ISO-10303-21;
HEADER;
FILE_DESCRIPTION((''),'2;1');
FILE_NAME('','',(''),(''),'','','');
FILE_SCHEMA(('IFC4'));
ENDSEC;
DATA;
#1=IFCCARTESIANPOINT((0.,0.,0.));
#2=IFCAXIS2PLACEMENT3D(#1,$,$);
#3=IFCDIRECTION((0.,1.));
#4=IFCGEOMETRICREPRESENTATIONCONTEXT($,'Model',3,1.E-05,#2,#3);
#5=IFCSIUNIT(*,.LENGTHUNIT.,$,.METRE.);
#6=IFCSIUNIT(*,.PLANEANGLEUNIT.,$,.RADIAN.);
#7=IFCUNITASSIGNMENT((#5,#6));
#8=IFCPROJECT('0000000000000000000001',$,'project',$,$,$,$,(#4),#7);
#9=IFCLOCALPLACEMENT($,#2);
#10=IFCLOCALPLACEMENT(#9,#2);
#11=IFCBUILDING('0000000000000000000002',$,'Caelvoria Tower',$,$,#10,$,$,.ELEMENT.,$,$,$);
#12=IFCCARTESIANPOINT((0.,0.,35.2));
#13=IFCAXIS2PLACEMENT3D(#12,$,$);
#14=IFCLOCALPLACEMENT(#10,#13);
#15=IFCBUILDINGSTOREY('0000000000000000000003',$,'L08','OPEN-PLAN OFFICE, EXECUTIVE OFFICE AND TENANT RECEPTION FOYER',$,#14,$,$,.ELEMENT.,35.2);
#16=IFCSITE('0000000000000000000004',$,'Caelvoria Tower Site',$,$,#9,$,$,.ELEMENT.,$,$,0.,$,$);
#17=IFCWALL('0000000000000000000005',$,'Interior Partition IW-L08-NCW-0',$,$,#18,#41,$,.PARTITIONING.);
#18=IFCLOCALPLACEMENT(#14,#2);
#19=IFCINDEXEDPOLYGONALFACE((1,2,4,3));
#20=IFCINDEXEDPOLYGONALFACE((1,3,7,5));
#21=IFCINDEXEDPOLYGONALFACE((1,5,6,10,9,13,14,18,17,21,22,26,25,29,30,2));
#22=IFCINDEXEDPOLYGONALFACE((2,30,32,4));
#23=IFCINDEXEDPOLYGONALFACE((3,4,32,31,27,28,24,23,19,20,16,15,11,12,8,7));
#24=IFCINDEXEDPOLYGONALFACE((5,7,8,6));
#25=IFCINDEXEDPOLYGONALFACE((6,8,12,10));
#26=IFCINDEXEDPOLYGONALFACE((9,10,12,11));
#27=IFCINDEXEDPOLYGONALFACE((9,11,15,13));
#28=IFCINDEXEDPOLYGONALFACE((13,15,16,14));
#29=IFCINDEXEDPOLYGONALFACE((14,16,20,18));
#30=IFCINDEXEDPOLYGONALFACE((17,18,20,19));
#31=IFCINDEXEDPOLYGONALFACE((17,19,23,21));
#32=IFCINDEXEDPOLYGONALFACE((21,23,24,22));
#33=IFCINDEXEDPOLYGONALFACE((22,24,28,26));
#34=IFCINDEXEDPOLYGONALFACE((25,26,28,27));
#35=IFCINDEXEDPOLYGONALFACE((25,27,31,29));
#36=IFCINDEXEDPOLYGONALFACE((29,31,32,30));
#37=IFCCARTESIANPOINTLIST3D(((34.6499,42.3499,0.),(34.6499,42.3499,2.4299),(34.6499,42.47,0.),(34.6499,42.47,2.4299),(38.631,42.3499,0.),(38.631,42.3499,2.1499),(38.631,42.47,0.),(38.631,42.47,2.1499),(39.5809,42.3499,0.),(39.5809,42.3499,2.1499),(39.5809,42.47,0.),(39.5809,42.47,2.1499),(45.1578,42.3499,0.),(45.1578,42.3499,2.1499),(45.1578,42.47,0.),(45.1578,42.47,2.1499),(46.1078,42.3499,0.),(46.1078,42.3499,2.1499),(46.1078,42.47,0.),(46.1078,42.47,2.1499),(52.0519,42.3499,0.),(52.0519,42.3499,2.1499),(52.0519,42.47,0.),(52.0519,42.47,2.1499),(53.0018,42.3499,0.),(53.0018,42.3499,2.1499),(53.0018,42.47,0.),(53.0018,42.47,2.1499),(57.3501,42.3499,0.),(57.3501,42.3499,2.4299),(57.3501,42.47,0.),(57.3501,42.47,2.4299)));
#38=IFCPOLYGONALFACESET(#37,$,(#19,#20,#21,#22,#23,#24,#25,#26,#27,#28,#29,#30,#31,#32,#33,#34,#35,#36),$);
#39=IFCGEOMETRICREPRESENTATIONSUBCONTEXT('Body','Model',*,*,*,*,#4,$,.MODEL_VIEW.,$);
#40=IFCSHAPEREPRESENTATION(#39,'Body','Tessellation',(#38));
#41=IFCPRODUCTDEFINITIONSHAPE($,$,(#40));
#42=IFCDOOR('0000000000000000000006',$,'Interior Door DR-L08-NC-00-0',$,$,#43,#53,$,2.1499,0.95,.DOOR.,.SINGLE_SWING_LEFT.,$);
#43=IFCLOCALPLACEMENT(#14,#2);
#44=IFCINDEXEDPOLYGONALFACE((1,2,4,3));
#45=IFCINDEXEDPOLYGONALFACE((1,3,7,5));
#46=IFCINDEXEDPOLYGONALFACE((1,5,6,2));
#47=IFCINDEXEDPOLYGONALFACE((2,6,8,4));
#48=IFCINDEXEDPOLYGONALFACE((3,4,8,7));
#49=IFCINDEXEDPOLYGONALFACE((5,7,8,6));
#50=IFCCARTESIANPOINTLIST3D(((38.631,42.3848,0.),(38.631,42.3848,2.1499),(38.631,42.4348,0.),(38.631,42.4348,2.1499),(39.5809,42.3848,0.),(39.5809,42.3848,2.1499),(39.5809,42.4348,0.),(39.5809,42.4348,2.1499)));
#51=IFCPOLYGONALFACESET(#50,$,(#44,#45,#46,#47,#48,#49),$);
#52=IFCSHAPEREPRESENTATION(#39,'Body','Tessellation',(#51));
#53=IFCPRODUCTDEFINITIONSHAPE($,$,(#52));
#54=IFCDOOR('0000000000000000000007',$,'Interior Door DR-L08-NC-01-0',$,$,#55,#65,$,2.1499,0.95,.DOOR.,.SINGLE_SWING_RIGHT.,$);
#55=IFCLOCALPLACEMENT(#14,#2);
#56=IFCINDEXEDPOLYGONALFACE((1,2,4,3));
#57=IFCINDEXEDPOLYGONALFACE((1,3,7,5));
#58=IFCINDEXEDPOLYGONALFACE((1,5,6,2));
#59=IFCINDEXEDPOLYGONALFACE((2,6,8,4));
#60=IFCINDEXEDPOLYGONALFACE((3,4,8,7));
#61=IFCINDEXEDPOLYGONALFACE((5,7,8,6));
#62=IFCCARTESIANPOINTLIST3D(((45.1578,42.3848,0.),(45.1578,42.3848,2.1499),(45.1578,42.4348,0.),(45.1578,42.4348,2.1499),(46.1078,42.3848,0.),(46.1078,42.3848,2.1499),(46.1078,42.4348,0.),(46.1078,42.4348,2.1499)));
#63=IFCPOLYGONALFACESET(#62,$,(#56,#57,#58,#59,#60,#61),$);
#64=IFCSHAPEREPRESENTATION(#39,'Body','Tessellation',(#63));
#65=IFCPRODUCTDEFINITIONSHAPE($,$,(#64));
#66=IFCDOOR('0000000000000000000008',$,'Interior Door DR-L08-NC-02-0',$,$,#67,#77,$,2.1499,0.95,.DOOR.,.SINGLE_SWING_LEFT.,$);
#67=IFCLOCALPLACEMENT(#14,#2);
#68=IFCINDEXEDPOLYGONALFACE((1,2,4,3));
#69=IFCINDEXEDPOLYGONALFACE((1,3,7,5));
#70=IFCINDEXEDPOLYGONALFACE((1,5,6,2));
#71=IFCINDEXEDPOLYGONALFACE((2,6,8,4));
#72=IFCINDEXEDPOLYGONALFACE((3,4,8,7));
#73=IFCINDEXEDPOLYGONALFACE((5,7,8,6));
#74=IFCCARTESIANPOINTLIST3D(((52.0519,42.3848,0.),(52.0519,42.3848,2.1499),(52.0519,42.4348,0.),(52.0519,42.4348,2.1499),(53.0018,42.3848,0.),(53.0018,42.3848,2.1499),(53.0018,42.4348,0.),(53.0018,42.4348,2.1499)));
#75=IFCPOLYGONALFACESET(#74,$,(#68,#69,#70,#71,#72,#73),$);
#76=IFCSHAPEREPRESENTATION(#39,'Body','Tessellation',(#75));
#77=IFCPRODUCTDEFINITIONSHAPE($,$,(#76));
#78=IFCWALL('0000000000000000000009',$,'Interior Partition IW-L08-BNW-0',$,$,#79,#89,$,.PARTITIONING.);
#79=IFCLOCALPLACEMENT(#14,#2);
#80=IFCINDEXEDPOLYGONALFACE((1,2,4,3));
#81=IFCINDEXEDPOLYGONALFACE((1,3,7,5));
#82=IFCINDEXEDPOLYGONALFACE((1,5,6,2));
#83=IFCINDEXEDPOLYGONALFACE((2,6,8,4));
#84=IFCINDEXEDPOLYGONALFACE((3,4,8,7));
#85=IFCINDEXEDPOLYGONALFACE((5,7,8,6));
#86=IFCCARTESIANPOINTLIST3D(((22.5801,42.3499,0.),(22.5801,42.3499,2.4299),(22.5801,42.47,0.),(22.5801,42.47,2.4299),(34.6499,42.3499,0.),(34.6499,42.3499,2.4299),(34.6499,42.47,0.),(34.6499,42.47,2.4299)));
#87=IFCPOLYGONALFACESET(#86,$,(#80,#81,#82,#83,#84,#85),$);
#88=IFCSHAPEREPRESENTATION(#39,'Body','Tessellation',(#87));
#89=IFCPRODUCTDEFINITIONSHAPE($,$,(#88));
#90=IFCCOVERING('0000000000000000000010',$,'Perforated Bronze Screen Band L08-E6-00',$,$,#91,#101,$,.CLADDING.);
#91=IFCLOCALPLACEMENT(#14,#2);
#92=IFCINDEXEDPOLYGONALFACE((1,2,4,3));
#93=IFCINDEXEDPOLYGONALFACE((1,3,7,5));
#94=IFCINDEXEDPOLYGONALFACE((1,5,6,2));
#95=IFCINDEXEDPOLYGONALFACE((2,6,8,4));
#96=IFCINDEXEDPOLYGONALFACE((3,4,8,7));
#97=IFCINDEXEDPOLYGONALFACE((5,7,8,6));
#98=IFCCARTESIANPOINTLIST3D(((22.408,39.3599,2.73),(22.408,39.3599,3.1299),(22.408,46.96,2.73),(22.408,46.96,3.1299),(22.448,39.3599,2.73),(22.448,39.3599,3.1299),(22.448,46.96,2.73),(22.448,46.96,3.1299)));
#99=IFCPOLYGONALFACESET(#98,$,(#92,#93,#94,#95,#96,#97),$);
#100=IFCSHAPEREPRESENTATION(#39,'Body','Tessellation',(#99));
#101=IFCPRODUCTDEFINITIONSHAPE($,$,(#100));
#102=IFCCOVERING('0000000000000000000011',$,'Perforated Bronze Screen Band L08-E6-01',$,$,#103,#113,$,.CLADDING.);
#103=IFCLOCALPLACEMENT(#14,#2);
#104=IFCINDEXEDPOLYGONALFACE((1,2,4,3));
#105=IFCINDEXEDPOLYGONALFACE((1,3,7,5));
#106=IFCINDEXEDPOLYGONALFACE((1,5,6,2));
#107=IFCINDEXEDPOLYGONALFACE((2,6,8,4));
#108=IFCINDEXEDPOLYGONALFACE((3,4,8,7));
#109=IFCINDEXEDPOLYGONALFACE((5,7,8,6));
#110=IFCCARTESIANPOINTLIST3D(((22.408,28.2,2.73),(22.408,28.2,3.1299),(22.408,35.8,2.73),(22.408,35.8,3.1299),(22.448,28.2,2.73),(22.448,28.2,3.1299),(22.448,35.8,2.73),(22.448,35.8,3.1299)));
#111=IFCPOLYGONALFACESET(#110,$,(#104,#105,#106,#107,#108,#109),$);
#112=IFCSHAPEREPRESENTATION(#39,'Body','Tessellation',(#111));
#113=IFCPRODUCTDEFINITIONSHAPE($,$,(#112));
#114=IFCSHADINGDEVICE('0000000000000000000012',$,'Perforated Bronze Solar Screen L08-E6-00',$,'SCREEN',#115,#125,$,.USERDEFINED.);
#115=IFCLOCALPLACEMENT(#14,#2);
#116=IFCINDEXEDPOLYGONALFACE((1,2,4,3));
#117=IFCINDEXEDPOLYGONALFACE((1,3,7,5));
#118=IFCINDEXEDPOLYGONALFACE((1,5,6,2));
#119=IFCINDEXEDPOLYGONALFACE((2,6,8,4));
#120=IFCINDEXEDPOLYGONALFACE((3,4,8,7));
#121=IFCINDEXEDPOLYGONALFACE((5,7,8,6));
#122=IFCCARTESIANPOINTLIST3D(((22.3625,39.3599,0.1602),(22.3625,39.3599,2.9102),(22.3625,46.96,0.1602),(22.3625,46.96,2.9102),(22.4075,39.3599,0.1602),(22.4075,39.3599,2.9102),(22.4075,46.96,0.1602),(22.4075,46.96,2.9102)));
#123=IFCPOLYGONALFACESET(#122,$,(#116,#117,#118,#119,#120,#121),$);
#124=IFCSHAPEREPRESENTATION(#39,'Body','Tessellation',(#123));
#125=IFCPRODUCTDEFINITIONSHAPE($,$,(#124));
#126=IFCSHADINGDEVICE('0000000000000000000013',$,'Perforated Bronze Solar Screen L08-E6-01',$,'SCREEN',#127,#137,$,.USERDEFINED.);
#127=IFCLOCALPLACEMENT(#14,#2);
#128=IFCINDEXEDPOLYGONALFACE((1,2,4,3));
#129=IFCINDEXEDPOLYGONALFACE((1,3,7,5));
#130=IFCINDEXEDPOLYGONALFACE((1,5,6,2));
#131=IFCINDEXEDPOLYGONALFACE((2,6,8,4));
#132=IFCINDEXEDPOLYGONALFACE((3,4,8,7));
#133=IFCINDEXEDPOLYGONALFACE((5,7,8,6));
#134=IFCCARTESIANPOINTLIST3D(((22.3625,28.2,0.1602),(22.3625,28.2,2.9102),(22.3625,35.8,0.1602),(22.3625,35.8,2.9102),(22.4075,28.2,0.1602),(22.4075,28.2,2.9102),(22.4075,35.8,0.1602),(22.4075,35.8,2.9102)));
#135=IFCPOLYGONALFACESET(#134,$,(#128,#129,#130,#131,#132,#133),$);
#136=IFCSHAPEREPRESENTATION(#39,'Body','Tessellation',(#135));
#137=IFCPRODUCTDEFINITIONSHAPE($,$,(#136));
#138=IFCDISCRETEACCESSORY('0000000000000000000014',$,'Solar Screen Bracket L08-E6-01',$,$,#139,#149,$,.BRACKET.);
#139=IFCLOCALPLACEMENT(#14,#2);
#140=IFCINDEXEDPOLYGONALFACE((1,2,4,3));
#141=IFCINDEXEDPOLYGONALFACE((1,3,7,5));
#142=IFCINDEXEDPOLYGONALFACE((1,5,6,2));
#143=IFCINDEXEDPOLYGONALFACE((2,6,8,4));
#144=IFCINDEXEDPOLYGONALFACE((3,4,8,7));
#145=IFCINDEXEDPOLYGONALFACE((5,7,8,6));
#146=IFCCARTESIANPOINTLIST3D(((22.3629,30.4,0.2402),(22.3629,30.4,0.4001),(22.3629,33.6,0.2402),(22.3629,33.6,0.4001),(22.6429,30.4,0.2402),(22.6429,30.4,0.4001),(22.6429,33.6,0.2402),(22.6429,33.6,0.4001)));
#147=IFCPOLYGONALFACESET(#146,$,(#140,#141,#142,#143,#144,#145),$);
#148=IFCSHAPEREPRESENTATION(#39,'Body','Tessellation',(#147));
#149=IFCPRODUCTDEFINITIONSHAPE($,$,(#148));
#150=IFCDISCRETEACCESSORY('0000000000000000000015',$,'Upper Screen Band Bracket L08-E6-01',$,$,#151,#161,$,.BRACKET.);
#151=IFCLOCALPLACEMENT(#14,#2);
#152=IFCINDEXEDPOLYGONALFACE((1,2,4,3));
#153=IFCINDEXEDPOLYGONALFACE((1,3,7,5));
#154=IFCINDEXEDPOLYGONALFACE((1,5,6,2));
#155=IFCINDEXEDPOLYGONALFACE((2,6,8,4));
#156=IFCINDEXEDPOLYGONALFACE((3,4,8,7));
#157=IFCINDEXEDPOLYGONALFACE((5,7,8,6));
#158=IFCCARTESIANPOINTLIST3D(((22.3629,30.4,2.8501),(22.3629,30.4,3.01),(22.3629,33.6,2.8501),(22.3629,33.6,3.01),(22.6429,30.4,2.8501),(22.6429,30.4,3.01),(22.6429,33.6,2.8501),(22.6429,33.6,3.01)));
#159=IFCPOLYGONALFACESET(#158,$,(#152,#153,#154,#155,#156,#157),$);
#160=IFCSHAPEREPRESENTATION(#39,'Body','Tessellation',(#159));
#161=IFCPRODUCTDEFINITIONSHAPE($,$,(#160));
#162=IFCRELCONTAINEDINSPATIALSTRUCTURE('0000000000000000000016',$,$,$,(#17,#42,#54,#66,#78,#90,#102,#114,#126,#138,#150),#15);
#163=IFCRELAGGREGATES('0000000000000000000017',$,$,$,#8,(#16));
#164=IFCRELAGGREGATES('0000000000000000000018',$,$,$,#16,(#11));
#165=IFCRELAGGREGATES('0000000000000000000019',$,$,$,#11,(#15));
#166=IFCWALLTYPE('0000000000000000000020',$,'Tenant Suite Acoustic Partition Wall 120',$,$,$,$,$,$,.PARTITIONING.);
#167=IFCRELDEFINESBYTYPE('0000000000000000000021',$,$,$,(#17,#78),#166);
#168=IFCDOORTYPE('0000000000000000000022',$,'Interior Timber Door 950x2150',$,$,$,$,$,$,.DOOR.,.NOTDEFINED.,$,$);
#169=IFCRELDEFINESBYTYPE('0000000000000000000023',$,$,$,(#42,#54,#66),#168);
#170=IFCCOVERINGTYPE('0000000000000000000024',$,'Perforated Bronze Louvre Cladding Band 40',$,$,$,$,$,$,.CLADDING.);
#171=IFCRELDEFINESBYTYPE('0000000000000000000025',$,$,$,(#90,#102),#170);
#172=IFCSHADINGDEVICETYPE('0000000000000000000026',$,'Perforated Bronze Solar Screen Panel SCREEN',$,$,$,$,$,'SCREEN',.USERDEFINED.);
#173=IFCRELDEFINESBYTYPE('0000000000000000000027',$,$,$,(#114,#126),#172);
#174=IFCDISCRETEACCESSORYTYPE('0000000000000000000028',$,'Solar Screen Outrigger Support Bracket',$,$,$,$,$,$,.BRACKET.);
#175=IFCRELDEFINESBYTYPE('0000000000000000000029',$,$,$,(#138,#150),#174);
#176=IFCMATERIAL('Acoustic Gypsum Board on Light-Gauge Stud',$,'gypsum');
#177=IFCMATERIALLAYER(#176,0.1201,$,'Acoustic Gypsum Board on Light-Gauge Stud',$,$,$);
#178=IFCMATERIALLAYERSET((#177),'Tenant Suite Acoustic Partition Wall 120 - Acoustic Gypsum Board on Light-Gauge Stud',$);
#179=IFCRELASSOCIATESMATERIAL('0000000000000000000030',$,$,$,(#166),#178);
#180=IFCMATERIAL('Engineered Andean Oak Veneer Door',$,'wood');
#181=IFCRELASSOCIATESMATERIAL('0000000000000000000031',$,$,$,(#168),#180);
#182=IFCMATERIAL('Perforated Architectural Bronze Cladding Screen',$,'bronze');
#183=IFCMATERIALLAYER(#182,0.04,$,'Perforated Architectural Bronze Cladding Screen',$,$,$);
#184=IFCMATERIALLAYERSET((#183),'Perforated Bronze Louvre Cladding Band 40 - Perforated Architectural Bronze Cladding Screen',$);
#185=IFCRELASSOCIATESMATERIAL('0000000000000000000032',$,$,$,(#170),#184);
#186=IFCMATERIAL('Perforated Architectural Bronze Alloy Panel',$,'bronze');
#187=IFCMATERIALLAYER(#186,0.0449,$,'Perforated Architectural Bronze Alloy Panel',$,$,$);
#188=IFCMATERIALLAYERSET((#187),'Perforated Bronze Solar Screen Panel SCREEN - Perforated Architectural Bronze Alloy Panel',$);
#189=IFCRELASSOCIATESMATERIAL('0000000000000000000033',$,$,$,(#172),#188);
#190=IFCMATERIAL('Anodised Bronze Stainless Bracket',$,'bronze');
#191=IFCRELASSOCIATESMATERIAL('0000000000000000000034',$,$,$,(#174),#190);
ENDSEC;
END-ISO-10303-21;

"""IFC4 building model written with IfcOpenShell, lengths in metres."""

from ifc_helpers import new_model, si_unit, direction, frame, frame_2d, origin, origin_2d, place, context, subcontext, project, spatial, rectangle, extrude, material, layer, layer_set, type_object, element, fill, save


model = new_model("IFC4")

# Units and contexts
model_context = context("Model", 3, precision=1e-05, world=origin(), true_north=direction((0.0, 1.0)))
body_context = subcontext(model_context, "Body", "Model", "MODEL_VIEW")
ifc_project = project(units=[si_unit("LENGTHUNIT", "METRE"), si_unit("PLANEANGLEUNIT", "RADIAN")], contexts=[model_context])

# Site, building, storey
site_placement = place(None, origin())
site = spatial("IfcSite", under=ifc_project, at=site_placement, Name="Caelvoria Tower Site", CompositionType="ELEMENT", RefElevation=0.0)
building_placement = place(site_placement, origin())
building = spatial("IfcBuilding", under=site, at=building_placement, Name="Caelvoria Tower", CompositionType="ELEMENT")
storey_placement = place(building_placement, frame((0.0, 0.0, 35.2)))
storey = spatial("IfcBuildingStorey", under=building, at=storey_placement, Name="L08", Description="OPEN-PLAN OFFICE, EXECUTIVE OFFICE AND TENANT RECEPTION FOYER", CompositionType="ELEMENT", Elevation=35.2)

# Wall, openings, doors
ifc_material_1 = material(Name="Acoustic Gypsum Board on Light-Gauge Stud", Category="gypsum")
ifc_layer_1 = layer(ifc_material_1, 0.1201, Name="Acoustic Gypsum Board on Light-Gauge Stud")
ifc_layer_set_1 = layer_set([ifc_layer_1], Name="Tenant Suite Acoustic Partition Wall 120 - Acoustic Gypsum Board on Light-Gauge Stud")
wall_type_1 = type_object("IfcWallType", Name="Tenant Suite Acoustic Partition Wall 120", PredefinedType="PARTITIONING", material=ifc_layer_set_1)
wall_1_placement = place(storey_placement, frame((34.6499, 42.4099, 0.0), z_axis=(0.0, 0.0, 1.0), x_axis=(1.0, 0.0, 0.0)))
wall_1 = element("IfcWall", 1, at=wall_1_placement, inside=storey, type_object=wall_type_1, Name="Interior Partition IW-L08-NCW-0", PredefinedType="PARTITIONING", context=body_context, shape_type="SweptSolid", body=[
    extrude(rectangle(XDim=22.7002, YDim=0.1201, at=frame_2d((11.3501, 0.0))), origin(), (0.0, 0.0, 1.0), 2.4299),
])
opening_1_placement = place(wall_1_placement, frame((3.981, 0.0, 0.0)))
opening_1 = element("IfcOpeningElement", 2, at=opening_1_placement, cuts=wall_1, PredefinedType="OPENING", context=body_context, shape_type="SweptSolid", body=[
    extrude(rectangle(XDim=0.95, YDim=2.1499, at=frame_2d((0.4751, 1.075))), frame((0.0, 0.0701, 0.0), z_axis=(0.0, -1.0, 0.0), x_axis=(1.0, 0.0, 0.0)), (0.0, 0.0, 1.0), 0.1401),
])
opening_2_placement = place(wall_1_placement, frame((10.5078, 0.0, 0.0)))
opening_2 = element("IfcOpeningElement", 3, at=opening_2_placement, cuts=wall_1, PredefinedType="OPENING", context=body_context, shape_type="SweptSolid", body=[
    extrude(rectangle(XDim=0.95, YDim=2.1499, at=frame_2d((0.4751, 1.075))), frame((0.0, 0.0701, 0.0), z_axis=(0.0, -1.0, 0.0), x_axis=(1.0, 0.0, 0.0)), (0.0, 0.0, 1.0), 0.1401),
])
opening_3_placement = place(wall_1_placement, frame((17.4019, 0.0, 0.0)))
opening_3 = element("IfcOpeningElement", 4, at=opening_3_placement, cuts=wall_1, PredefinedType="OPENING", context=body_context, shape_type="SweptSolid", body=[
    extrude(rectangle(XDim=0.95, YDim=2.1499, at=frame_2d((0.4751, 1.075))), frame((0.0, 0.0701, 0.0), z_axis=(0.0, -1.0, 0.0), x_axis=(1.0, 0.0, 0.0)), (0.0, 0.0, 1.0), 0.1401),
])
ifc_material_2 = material(Name="Engineered Andean Oak Veneer Door", Category="wood")
door_type_1 = type_object("IfcDoorType", Name="Interior Timber Door 950x2150", OperationType="NOTDEFINED", PredefinedType="DOOR", material=ifc_material_2)
door_1_placement = place(opening_1_placement, origin())
door_1 = element("IfcDoor", 5, at=door_1_placement, inside=storey, type_object=door_type_1, Name="Interior Door DR-L08-NC-00-0", OperationType="SINGLE_SWING_LEFT", OverallHeight=2.1499, OverallWidth=0.95, PredefinedType="DOOR", context=body_context, shape_type="SweptSolid", body=[
    extrude(rectangle(XDim=0.95, YDim=2.1499, at=frame_2d((0.4751, 1.075))), frame((0.0, 0.0249, 0.0), z_axis=(0.0, -1.0, 0.0), x_axis=(1.0, 0.0, 0.0)), (0.0, 0.0, 1.0), 0.05),
])
fill(opening_1, door_1)
door_2_placement = place(opening_2_placement, origin())
door_2 = element("IfcDoor", 6, at=door_2_placement, inside=storey, type_object=door_type_1, Name="Interior Door DR-L08-NC-01-0", OperationType="SINGLE_SWING_RIGHT", OverallHeight=2.1499, OverallWidth=0.95, PredefinedType="DOOR", context=body_context, shape_type="SweptSolid", body=[
    extrude(rectangle(XDim=0.95, YDim=2.1499, at=frame_2d((0.4751, 1.075))), frame((0.0, 0.0249, 0.0), z_axis=(0.0, -1.0, 0.0), x_axis=(1.0, 0.0, 0.0)), (0.0, 0.0, 1.0), 0.05),
])
fill(opening_2, door_2)
door_3_placement = place(opening_3_placement, origin())
door_3 = element("IfcDoor", 7, at=door_3_placement, inside=storey, type_object=door_type_1, Name="Interior Door DR-L08-NC-02-0", OperationType="SINGLE_SWING_LEFT", OverallHeight=2.1499, OverallWidth=0.95, PredefinedType="DOOR", context=body_context, shape_type="SweptSolid", body=[
    extrude(rectangle(XDim=0.95, YDim=2.1499, at=frame_2d((0.4751, 1.075))), frame((0.0, 0.0249, 0.0), z_axis=(0.0, -1.0, 0.0), x_axis=(1.0, 0.0, 0.0)), (0.0, 0.0, 1.0), 0.05),
])
fill(opening_3, door_3)

# Wall
wall_2_placement = place(storey_placement, frame((34.6499, 42.4099, 0.0), z_axis=(0.0, 0.0, 1.0), x_axis=(-1.0, 0.0, 0.0)))
element("IfcWall", 8, at=wall_2_placement, inside=storey, type_object=wall_type_1, Name="Interior Partition IW-L08-BNW-0", PredefinedType="PARTITIONING", context=body_context, shape_type="SweptSolid", body=[
    extrude(rectangle(XDim=12.0698, YDim=0.1201, at=frame_2d((6.0349, 0.0))), origin(), (0.0, 0.0, 1.0), 2.4299),
])

# Coverings
ifc_material_3 = material(Name="Perforated Architectural Bronze Cladding Screen", Category="bronze")
ifc_layer_2 = layer(ifc_material_3, 0.04, Name="Perforated Architectural Bronze Cladding Screen")
ifc_layer_set_2 = layer_set([ifc_layer_2], Name="Perforated Bronze Louvre Cladding Band 40 - Perforated Architectural Bronze Cladding Screen")
covering_type = type_object("IfcCoveringType", Name="Perforated Bronze Louvre Cladding Band 40", PredefinedType="CLADDING", material=ifc_layer_set_2)
for number, where, z_axis, x_axis, name in (
    (9, (22.428, 43.1599, 2.73), (0.0, 0.0, 1.0), (0.0, -1.0, 0.0), "Perforated Bronze Screen Band L08-E6-00"),
    (10, (22.428, 32.0, 2.73), (0.0, 0.0, 1.0), (0.0, -1.0, 0.0), "Perforated Bronze Screen Band L08-E6-01"),
):
    element("IfcCovering", number, at=place(storey_placement, frame(where, z_axis=z_axis, x_axis=x_axis)), inside=storey, type_object=covering_type, Name=name, PredefinedType="CLADDING", context=body_context, shape_type="SweptSolid", body=[
        extrude(rectangle(XDim=7.6001, YDim=0.04, at=origin_2d()), origin(), (0.0, 0.0, 1.0), 0.3999),
    ])

# Shading devices
ifc_material_4 = material(Name="Perforated Architectural Bronze Alloy Panel", Category="bronze")
ifc_layer_3 = layer(ifc_material_4, 0.0449, Name="Perforated Architectural Bronze Alloy Panel")
ifc_layer_set_3 = layer_set([ifc_layer_3], Name="Perforated Bronze Solar Screen Panel SCREEN - Perforated Architectural Bronze Alloy Panel")
shading_device_type = type_object("IfcShadingDeviceType", Name="Perforated Bronze Solar Screen Panel SCREEN", ElementType="SCREEN", PredefinedType="USERDEFINED", material=ifc_layer_set_3)
for number, where, z_axis, x_axis, name in (
    (11, (22.385, 43.1599, 0.1602), (0.0, 0.0, 1.0), (0.0, -1.0, 0.0), "Perforated Bronze Solar Screen L08-E6-00"),
    (12, (22.385, 32.0, 0.1602), (0.0, 0.0, 1.0), (0.0, -1.0, 0.0), "Perforated Bronze Solar Screen L08-E6-01"),
):
    element("IfcShadingDevice", number, at=place(storey_placement, frame(where, z_axis=z_axis, x_axis=x_axis)), inside=storey, type_object=shading_device_type, Name=name, ObjectType="SCREEN", PredefinedType="USERDEFINED", context=body_context, shape_type="SweptSolid", body=[
        extrude(rectangle(XDim=7.6001, YDim=0.0449, at=origin_2d()), origin(), (0.0, 0.0, 1.0), 2.75),
    ])

# Discrete accessories
ifc_material_5 = material(Name="Anodised Bronze Stainless Bracket", Category="bronze")
discrete_accessory_type = type_object("IfcDiscreteAccessoryType", Name="Solar Screen Outrigger Support Bracket", PredefinedType="BRACKET", material=ifc_material_5)
for number, where, z_axis, x_axis, name in (
    (13, (22.5029, 32.0, 0.2402), (0.0, 0.0, 1.0), (0.0, -1.0, 0.0), "Solar Screen Bracket L08-E6-01"),
    (14, (22.5029, 32.0, 2.8501), (0.0, 0.0, 1.0), (0.0, -1.0, 0.0), "Upper Screen Band Bracket L08-E6-01"),
):
    element("IfcDiscreteAccessory", number, at=place(storey_placement, frame(where, z_axis=z_axis, x_axis=x_axis)), inside=storey, type_object=discrete_accessory_type, Name=name, PredefinedType="BRACKET", context=body_context, shape_type="SweptSolid", body=[
        extrude(rectangle(XDim=3.2, YDim=0.28, at=origin_2d()), origin(), (0.0, 0.0, 1.0), 0.1599),
    ])

save(model, "model.ifc")
